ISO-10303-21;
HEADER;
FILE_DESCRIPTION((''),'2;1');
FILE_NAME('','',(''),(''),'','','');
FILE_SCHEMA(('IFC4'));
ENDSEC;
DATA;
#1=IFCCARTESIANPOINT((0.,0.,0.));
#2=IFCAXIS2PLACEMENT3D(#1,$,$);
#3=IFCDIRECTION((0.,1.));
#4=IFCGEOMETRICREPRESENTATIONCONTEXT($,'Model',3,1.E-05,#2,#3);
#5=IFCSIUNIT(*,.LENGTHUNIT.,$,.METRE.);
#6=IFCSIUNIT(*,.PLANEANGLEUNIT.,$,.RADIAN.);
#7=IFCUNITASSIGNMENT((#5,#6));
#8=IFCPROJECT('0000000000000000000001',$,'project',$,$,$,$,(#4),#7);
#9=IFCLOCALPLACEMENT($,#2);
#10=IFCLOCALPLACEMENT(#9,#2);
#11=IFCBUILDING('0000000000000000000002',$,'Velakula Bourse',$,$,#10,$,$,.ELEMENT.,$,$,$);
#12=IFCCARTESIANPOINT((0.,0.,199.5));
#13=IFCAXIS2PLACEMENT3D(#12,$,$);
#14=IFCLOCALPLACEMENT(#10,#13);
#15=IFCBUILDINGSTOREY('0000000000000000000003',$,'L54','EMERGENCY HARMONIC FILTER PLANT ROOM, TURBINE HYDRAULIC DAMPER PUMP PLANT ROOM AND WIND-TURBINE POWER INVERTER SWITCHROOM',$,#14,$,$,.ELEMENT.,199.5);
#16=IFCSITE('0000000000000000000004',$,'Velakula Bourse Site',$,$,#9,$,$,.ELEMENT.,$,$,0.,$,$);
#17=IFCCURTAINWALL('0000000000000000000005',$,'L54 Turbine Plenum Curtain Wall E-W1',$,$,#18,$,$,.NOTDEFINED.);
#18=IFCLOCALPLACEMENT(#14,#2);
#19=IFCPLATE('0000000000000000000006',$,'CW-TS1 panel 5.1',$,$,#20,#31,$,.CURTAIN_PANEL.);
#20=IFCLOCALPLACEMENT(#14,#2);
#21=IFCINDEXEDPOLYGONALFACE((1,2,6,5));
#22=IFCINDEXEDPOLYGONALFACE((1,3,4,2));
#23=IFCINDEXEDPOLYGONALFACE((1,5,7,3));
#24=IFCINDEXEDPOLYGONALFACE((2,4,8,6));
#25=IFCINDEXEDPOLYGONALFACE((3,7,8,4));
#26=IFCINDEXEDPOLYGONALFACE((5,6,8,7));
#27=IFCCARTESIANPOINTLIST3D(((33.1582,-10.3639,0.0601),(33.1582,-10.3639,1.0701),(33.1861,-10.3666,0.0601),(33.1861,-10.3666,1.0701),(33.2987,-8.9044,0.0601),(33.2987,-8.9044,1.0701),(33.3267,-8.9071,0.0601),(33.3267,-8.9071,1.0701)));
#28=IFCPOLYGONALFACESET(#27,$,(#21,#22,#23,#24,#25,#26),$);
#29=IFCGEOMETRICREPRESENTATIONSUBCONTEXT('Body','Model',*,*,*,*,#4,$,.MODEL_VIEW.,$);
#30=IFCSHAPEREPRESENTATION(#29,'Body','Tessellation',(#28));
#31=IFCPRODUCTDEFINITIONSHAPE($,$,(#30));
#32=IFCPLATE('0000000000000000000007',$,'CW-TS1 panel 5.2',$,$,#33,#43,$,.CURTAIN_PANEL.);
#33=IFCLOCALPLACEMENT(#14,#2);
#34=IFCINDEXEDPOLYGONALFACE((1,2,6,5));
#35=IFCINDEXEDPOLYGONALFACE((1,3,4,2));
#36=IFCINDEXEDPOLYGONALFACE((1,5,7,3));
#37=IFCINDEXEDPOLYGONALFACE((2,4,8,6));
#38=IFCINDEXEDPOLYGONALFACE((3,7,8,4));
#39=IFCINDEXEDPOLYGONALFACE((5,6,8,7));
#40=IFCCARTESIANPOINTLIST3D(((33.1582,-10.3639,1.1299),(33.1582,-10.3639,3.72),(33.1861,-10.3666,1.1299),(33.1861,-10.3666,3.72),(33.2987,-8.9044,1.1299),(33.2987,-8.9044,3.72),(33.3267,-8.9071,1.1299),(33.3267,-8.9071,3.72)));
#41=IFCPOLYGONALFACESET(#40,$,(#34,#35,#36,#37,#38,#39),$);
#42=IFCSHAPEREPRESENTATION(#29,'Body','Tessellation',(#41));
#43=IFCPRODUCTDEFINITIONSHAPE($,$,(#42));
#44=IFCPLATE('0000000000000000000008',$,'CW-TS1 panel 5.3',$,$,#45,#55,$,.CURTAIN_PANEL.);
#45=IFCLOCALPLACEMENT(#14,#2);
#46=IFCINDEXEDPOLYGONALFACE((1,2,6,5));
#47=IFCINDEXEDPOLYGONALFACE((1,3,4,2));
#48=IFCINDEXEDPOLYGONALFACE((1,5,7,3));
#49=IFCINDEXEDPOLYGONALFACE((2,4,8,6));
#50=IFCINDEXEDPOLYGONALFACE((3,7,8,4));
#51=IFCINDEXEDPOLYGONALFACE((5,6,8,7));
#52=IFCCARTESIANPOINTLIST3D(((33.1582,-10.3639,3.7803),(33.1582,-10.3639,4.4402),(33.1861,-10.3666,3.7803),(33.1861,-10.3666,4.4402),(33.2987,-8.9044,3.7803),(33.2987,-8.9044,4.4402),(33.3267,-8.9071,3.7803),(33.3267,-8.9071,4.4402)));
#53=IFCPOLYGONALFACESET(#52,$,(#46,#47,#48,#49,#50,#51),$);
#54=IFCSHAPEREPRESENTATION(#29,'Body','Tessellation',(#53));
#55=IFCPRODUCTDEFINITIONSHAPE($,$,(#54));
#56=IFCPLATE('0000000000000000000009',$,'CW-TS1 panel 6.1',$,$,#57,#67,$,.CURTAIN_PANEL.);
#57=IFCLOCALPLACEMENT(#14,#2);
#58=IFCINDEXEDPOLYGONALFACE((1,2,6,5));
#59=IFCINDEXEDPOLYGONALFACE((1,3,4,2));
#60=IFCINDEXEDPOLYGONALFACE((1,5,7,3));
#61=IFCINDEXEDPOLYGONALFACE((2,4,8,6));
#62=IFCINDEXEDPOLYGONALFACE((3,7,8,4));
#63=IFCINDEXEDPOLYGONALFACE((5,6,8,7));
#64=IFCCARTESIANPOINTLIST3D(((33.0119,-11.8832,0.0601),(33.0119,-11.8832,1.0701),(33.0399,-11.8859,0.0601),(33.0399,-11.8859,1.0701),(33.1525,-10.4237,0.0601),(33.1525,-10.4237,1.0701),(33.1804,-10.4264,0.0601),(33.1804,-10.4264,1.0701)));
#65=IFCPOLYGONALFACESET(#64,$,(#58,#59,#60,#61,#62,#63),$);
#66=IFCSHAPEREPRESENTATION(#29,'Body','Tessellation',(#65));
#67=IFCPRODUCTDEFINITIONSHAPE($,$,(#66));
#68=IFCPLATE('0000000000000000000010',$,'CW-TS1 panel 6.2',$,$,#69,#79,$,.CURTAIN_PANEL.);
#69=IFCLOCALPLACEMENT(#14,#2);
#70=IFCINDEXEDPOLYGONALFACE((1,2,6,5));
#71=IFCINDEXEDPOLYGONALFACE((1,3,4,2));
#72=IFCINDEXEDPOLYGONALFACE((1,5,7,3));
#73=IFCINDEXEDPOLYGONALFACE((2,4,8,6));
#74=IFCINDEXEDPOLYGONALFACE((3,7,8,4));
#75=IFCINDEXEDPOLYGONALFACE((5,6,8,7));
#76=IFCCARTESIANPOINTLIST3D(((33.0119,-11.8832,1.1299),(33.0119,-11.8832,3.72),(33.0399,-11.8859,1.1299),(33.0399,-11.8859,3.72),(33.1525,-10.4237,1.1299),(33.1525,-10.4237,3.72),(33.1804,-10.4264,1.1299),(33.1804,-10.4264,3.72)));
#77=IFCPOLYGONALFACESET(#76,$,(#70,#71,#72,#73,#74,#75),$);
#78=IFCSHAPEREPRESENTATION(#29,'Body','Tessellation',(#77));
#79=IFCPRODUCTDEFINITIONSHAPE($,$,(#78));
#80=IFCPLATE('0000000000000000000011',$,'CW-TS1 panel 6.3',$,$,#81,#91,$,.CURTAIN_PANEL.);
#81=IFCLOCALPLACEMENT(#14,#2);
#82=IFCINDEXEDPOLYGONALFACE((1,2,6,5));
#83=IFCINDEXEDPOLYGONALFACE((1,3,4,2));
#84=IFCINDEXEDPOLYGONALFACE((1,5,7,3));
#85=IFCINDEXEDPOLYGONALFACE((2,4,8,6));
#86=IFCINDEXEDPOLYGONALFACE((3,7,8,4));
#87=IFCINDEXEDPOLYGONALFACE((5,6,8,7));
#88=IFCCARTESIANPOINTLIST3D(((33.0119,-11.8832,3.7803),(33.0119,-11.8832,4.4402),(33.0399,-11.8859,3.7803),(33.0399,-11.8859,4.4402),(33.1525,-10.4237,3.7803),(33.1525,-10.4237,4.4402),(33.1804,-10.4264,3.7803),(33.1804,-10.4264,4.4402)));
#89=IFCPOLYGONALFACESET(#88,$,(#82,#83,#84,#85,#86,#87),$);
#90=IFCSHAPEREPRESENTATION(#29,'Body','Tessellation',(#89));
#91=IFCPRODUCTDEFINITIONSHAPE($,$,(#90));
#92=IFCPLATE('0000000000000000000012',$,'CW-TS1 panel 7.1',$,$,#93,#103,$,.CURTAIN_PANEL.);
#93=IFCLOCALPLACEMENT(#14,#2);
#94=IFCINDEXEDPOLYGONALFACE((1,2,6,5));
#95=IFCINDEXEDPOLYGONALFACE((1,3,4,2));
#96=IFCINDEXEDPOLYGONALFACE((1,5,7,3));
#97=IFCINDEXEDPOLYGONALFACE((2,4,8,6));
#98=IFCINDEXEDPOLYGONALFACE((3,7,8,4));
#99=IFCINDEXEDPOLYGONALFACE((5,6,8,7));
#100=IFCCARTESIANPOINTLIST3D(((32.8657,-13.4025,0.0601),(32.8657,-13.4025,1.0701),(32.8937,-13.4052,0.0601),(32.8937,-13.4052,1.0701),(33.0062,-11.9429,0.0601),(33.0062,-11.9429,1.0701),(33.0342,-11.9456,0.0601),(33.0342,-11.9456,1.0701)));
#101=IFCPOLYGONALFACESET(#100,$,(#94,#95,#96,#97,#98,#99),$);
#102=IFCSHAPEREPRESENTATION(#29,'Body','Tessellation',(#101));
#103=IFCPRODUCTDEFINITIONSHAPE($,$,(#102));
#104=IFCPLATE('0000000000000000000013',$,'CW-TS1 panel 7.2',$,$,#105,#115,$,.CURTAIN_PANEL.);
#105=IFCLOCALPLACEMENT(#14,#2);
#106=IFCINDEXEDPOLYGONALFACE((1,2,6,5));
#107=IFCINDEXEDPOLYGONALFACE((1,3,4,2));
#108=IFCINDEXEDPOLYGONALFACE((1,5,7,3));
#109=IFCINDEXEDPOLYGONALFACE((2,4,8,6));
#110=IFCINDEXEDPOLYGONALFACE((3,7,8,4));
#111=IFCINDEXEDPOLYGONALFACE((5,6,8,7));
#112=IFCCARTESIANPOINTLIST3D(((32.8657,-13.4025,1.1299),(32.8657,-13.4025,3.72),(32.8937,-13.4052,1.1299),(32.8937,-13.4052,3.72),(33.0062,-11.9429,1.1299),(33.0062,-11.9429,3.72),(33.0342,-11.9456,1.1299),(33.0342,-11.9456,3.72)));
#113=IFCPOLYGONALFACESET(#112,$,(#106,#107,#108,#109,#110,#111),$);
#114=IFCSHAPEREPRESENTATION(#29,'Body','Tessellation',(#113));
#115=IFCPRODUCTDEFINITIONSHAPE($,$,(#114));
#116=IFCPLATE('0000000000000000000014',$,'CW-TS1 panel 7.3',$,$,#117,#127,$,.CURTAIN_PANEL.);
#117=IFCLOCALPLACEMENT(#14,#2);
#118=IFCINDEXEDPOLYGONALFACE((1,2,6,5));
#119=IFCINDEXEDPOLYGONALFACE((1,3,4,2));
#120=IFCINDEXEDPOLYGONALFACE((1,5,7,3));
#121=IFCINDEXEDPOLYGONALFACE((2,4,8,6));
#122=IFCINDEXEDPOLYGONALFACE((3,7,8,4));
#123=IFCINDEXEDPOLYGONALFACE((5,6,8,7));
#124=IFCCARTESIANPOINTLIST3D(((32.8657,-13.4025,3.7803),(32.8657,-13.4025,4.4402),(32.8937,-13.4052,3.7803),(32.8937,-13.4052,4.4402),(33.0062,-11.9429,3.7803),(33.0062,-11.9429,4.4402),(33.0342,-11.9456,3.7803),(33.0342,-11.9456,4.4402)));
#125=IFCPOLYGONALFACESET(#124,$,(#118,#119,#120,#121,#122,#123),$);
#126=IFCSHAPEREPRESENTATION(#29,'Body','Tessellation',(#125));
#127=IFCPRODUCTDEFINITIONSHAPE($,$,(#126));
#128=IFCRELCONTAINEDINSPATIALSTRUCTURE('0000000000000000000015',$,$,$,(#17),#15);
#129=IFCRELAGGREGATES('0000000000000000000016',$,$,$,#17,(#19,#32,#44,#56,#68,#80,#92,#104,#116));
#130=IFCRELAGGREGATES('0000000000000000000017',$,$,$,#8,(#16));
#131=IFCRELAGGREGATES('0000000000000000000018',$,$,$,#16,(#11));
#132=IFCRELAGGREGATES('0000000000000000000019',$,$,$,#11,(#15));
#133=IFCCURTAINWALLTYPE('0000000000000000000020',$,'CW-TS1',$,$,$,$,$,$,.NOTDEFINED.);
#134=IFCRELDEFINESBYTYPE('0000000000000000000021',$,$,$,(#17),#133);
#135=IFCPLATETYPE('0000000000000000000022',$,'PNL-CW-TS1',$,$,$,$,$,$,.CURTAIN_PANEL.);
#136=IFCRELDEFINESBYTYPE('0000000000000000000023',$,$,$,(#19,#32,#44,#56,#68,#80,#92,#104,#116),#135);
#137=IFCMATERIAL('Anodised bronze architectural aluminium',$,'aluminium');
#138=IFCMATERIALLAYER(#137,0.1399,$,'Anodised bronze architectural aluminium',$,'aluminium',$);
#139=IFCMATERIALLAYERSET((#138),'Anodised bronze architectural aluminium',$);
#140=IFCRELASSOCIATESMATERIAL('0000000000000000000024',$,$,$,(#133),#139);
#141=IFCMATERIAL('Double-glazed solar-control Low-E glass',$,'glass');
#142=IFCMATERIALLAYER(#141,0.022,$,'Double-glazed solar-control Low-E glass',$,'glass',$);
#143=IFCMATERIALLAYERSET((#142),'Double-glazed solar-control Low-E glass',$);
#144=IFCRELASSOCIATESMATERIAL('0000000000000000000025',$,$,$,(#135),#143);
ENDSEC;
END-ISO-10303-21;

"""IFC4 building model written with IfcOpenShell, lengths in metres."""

from ifc_helpers import new_model, si_unit, direction, frame, origin, origin_2d, place, context, subcontext, project, spatial, rectangle, extrude, material, layer, layer_set, type_object, element, aggregate, save


model = new_model("IFC4")

# Units and contexts
model_context = context("Model", 3, precision=1e-05, world=origin(), true_north=direction((0.0, 1.0)))
body_context = subcontext(model_context, "Body", "Model", "MODEL_VIEW")
ifc_project = project(units=[si_unit("LENGTHUNIT", "METRE"), si_unit("PLANEANGLEUNIT", "RADIAN")], contexts=[model_context])

# Site, building, storey
site_placement = place(None, origin())
site = spatial("IfcSite", under=ifc_project, at=site_placement, Name="Velakula Bourse Site", CompositionType="ELEMENT", RefElevation=0.0)
building_placement = place(site_placement, origin())
building = spatial("IfcBuilding", under=site, at=building_placement, Name="Velakula Bourse", CompositionType="ELEMENT")
storey_placement = place(building_placement, frame((0.0, 0.0, 199.5)))
storey = spatial("IfcBuildingStorey", under=building, at=storey_placement, Name="L54", Description="EMERGENCY HARMONIC FILTER PLANT ROOM, TURBINE HYDRAULIC DAMPER PUMP PLANT ROOM AND WIND-TURBINE POWER INVERTER SWITCHROOM", CompositionType="ELEMENT", Elevation=199.5)

# Curtain wall
ifc_material_1 = material(Name="Anodised bronze architectural aluminium", Category="aluminium")
ifc_layer_1 = layer(ifc_material_1, 0.1399, Name="Anodised bronze architectural aluminium", Category="aluminium")
ifc_layer_set_1 = layer_set([ifc_layer_1], Name="Anodised bronze architectural aluminium")
curtain_wall_type = type_object("IfcCurtainWallType", Name="CW-TS1", PredefinedType="NOTDEFINED", material=ifc_layer_set_1)
curtain_wall_placement = place(storey_placement, origin())
curtain_wall = element("IfcCurtainWall", 1, at=curtain_wall_placement, inside=storey, type_object=curtain_wall_type, Name="L54 Turbine Plenum Curtain Wall E-W1", PredefinedType="NOTDEFINED")

# Plates
ifc_material_2 = material(Name="Double-glazed solar-control Low-E glass", Category="glass")
ifc_layer_2 = layer(ifc_material_2, 0.022, Name="Double-glazed solar-control Low-E glass", Category="glass")
ifc_layer_set_2 = layer_set([ifc_layer_2], Name="Double-glazed solar-control Low-E glass")
plate_type = type_object("IfcPlateType", Name="PNL-CW-TS1", PredefinedType="CURTAIN_PANEL", material=ifc_layer_set_2)
plate_1_placement = place(storey_placement, frame((33.2424, -9.6355, 0.0601), z_axis=(0.0, 0.0, 1.0), x_axis=(-0.095849, -0.995396, 0.0)))
plate_1 = element("IfcPlate", 2, at=plate_1_placement, type_object=plate_type, Name="CW-TS1 panel 5.1", PredefinedType="CURTAIN_PANEL", context=body_context, shape_type="SweptSolid", body=[
    extrude(rectangle(XDim=1.4663, YDim=0.0281, at=origin_2d()), origin(), (0.0, 0.0, 1.0), 1.01),
])
plate_2_placement = place(storey_placement, frame((33.2424, -9.6355, 1.1299), z_axis=(0.0, 0.0, 1.0), x_axis=(-0.095849, -0.995396, 0.0)))
plate_2 = element("IfcPlate", 3, at=plate_2_placement, type_object=plate_type, Name="CW-TS1 panel 5.2", PredefinedType="CURTAIN_PANEL", context=body_context, shape_type="SweptSolid", body=[
    extrude(rectangle(XDim=1.4663, YDim=0.0281, at=origin_2d()), origin(), (0.0, 0.0, 1.0), 2.5901),
])
plate_3_placement = place(storey_placement, frame((33.2424, -9.6355, 3.7803), z_axis=(0.0, 0.0, 1.0), x_axis=(-0.095849, -0.995396, 0.0)))
plate_3 = element("IfcPlate", 4, at=plate_3_placement, type_object=plate_type, Name="CW-TS1 panel 5.3", PredefinedType="CURTAIN_PANEL", context=body_context, shape_type="SweptSolid", body=[
    extrude(rectangle(XDim=1.4663, YDim=0.0281, at=origin_2d()), origin(), (0.0, 0.0, 1.0), 0.6599),
])
plate_4_placement = place(storey_placement, frame((33.0962, -11.1548, 0.0601), z_axis=(0.0, 0.0, 1.0), x_axis=(-0.095849, -0.995396, 0.0)))
plate_4 = element("IfcPlate", 5, at=plate_4_placement, type_object=plate_type, Name="CW-TS1 panel 6.1", PredefinedType="CURTAIN_PANEL", context=body_context, shape_type="SweptSolid", body=[
    extrude(rectangle(XDim=1.4663, YDim=0.0281, at=origin_2d()), origin(), (0.0, 0.0, 1.0), 1.01),
])
plate_5_placement = place(storey_placement, frame((33.0962, -11.1548, 1.1299), z_axis=(0.0, 0.0, 1.0), x_axis=(-0.095849, -0.995396, 0.0)))
plate_5 = element("IfcPlate", 6, at=plate_5_placement, type_object=plate_type, Name="CW-TS1 panel 6.2", PredefinedType="CURTAIN_PANEL", context=body_context, shape_type="SweptSolid", body=[
    extrude(rectangle(XDim=1.4663, YDim=0.0281, at=origin_2d()), origin(), (0.0, 0.0, 1.0), 2.5901),
])
plate_6_placement = place(storey_placement, frame((33.0962, -11.1548, 3.7803), z_axis=(0.0, 0.0, 1.0), x_axis=(-0.095849, -0.995396, 0.0)))
plate_6 = element("IfcPlate", 7, at=plate_6_placement, type_object=plate_type, Name="CW-TS1 panel 6.3", PredefinedType="CURTAIN_PANEL", context=body_context, shape_type="SweptSolid", body=[
    extrude(rectangle(XDim=1.4663, YDim=0.0281, at=origin_2d()), origin(), (0.0, 0.0, 1.0), 0.6599),
])
plate_7_placement = place(storey_placement, frame((32.95, -12.6741, 0.0601), z_axis=(0.0, 0.0, 1.0), x_axis=(-0.095849, -0.995396, 0.0)))
plate_7 = element("IfcPlate", 8, at=plate_7_placement, type_object=plate_type, Name="CW-TS1 panel 7.1", PredefinedType="CURTAIN_PANEL", context=body_context, shape_type="SweptSolid", body=[
    extrude(rectangle(XDim=1.4663, YDim=0.0281, at=origin_2d()), origin(), (0.0, 0.0, 1.0), 1.01),
])
plate_8_placement = place(storey_placement, frame((32.95, -12.6741, 1.1299), z_axis=(0.0, 0.0, 1.0), x_axis=(-0.095849, -0.995396, 0.0)))
plate_8 = element("IfcPlate", 9, at=plate_8_placement, type_object=plate_type, Name="CW-TS1 panel 7.2", PredefinedType="CURTAIN_PANEL", context=body_context, shape_type="SweptSolid", body=[
    extrude(rectangle(XDim=1.4663, YDim=0.0281, at=origin_2d()), origin(), (0.0, 0.0, 1.0), 2.5901),
])
plate_9_placement = place(storey_placement, frame((32.95, -12.6741, 3.7803), z_axis=(0.0, 0.0, 1.0), x_axis=(-0.095849, -0.995396, 0.0)))
plate_9 = element("IfcPlate", 10, at=plate_9_placement, type_object=plate_type, Name="CW-TS1 panel 7.3", PredefinedType="CURTAIN_PANEL", context=body_context, shape_type="SweptSolid", body=[
    extrude(rectangle(XDim=1.4663, YDim=0.0281, at=origin_2d()), origin(), (0.0, 0.0, 1.0), 0.6599),
])
aggregate(curtain_wall, [plate_1, plate_2, plate_3, plate_4, plate_5, plate_6, plate_7, plate_8, plate_9])

save(model, "model.ifc")
